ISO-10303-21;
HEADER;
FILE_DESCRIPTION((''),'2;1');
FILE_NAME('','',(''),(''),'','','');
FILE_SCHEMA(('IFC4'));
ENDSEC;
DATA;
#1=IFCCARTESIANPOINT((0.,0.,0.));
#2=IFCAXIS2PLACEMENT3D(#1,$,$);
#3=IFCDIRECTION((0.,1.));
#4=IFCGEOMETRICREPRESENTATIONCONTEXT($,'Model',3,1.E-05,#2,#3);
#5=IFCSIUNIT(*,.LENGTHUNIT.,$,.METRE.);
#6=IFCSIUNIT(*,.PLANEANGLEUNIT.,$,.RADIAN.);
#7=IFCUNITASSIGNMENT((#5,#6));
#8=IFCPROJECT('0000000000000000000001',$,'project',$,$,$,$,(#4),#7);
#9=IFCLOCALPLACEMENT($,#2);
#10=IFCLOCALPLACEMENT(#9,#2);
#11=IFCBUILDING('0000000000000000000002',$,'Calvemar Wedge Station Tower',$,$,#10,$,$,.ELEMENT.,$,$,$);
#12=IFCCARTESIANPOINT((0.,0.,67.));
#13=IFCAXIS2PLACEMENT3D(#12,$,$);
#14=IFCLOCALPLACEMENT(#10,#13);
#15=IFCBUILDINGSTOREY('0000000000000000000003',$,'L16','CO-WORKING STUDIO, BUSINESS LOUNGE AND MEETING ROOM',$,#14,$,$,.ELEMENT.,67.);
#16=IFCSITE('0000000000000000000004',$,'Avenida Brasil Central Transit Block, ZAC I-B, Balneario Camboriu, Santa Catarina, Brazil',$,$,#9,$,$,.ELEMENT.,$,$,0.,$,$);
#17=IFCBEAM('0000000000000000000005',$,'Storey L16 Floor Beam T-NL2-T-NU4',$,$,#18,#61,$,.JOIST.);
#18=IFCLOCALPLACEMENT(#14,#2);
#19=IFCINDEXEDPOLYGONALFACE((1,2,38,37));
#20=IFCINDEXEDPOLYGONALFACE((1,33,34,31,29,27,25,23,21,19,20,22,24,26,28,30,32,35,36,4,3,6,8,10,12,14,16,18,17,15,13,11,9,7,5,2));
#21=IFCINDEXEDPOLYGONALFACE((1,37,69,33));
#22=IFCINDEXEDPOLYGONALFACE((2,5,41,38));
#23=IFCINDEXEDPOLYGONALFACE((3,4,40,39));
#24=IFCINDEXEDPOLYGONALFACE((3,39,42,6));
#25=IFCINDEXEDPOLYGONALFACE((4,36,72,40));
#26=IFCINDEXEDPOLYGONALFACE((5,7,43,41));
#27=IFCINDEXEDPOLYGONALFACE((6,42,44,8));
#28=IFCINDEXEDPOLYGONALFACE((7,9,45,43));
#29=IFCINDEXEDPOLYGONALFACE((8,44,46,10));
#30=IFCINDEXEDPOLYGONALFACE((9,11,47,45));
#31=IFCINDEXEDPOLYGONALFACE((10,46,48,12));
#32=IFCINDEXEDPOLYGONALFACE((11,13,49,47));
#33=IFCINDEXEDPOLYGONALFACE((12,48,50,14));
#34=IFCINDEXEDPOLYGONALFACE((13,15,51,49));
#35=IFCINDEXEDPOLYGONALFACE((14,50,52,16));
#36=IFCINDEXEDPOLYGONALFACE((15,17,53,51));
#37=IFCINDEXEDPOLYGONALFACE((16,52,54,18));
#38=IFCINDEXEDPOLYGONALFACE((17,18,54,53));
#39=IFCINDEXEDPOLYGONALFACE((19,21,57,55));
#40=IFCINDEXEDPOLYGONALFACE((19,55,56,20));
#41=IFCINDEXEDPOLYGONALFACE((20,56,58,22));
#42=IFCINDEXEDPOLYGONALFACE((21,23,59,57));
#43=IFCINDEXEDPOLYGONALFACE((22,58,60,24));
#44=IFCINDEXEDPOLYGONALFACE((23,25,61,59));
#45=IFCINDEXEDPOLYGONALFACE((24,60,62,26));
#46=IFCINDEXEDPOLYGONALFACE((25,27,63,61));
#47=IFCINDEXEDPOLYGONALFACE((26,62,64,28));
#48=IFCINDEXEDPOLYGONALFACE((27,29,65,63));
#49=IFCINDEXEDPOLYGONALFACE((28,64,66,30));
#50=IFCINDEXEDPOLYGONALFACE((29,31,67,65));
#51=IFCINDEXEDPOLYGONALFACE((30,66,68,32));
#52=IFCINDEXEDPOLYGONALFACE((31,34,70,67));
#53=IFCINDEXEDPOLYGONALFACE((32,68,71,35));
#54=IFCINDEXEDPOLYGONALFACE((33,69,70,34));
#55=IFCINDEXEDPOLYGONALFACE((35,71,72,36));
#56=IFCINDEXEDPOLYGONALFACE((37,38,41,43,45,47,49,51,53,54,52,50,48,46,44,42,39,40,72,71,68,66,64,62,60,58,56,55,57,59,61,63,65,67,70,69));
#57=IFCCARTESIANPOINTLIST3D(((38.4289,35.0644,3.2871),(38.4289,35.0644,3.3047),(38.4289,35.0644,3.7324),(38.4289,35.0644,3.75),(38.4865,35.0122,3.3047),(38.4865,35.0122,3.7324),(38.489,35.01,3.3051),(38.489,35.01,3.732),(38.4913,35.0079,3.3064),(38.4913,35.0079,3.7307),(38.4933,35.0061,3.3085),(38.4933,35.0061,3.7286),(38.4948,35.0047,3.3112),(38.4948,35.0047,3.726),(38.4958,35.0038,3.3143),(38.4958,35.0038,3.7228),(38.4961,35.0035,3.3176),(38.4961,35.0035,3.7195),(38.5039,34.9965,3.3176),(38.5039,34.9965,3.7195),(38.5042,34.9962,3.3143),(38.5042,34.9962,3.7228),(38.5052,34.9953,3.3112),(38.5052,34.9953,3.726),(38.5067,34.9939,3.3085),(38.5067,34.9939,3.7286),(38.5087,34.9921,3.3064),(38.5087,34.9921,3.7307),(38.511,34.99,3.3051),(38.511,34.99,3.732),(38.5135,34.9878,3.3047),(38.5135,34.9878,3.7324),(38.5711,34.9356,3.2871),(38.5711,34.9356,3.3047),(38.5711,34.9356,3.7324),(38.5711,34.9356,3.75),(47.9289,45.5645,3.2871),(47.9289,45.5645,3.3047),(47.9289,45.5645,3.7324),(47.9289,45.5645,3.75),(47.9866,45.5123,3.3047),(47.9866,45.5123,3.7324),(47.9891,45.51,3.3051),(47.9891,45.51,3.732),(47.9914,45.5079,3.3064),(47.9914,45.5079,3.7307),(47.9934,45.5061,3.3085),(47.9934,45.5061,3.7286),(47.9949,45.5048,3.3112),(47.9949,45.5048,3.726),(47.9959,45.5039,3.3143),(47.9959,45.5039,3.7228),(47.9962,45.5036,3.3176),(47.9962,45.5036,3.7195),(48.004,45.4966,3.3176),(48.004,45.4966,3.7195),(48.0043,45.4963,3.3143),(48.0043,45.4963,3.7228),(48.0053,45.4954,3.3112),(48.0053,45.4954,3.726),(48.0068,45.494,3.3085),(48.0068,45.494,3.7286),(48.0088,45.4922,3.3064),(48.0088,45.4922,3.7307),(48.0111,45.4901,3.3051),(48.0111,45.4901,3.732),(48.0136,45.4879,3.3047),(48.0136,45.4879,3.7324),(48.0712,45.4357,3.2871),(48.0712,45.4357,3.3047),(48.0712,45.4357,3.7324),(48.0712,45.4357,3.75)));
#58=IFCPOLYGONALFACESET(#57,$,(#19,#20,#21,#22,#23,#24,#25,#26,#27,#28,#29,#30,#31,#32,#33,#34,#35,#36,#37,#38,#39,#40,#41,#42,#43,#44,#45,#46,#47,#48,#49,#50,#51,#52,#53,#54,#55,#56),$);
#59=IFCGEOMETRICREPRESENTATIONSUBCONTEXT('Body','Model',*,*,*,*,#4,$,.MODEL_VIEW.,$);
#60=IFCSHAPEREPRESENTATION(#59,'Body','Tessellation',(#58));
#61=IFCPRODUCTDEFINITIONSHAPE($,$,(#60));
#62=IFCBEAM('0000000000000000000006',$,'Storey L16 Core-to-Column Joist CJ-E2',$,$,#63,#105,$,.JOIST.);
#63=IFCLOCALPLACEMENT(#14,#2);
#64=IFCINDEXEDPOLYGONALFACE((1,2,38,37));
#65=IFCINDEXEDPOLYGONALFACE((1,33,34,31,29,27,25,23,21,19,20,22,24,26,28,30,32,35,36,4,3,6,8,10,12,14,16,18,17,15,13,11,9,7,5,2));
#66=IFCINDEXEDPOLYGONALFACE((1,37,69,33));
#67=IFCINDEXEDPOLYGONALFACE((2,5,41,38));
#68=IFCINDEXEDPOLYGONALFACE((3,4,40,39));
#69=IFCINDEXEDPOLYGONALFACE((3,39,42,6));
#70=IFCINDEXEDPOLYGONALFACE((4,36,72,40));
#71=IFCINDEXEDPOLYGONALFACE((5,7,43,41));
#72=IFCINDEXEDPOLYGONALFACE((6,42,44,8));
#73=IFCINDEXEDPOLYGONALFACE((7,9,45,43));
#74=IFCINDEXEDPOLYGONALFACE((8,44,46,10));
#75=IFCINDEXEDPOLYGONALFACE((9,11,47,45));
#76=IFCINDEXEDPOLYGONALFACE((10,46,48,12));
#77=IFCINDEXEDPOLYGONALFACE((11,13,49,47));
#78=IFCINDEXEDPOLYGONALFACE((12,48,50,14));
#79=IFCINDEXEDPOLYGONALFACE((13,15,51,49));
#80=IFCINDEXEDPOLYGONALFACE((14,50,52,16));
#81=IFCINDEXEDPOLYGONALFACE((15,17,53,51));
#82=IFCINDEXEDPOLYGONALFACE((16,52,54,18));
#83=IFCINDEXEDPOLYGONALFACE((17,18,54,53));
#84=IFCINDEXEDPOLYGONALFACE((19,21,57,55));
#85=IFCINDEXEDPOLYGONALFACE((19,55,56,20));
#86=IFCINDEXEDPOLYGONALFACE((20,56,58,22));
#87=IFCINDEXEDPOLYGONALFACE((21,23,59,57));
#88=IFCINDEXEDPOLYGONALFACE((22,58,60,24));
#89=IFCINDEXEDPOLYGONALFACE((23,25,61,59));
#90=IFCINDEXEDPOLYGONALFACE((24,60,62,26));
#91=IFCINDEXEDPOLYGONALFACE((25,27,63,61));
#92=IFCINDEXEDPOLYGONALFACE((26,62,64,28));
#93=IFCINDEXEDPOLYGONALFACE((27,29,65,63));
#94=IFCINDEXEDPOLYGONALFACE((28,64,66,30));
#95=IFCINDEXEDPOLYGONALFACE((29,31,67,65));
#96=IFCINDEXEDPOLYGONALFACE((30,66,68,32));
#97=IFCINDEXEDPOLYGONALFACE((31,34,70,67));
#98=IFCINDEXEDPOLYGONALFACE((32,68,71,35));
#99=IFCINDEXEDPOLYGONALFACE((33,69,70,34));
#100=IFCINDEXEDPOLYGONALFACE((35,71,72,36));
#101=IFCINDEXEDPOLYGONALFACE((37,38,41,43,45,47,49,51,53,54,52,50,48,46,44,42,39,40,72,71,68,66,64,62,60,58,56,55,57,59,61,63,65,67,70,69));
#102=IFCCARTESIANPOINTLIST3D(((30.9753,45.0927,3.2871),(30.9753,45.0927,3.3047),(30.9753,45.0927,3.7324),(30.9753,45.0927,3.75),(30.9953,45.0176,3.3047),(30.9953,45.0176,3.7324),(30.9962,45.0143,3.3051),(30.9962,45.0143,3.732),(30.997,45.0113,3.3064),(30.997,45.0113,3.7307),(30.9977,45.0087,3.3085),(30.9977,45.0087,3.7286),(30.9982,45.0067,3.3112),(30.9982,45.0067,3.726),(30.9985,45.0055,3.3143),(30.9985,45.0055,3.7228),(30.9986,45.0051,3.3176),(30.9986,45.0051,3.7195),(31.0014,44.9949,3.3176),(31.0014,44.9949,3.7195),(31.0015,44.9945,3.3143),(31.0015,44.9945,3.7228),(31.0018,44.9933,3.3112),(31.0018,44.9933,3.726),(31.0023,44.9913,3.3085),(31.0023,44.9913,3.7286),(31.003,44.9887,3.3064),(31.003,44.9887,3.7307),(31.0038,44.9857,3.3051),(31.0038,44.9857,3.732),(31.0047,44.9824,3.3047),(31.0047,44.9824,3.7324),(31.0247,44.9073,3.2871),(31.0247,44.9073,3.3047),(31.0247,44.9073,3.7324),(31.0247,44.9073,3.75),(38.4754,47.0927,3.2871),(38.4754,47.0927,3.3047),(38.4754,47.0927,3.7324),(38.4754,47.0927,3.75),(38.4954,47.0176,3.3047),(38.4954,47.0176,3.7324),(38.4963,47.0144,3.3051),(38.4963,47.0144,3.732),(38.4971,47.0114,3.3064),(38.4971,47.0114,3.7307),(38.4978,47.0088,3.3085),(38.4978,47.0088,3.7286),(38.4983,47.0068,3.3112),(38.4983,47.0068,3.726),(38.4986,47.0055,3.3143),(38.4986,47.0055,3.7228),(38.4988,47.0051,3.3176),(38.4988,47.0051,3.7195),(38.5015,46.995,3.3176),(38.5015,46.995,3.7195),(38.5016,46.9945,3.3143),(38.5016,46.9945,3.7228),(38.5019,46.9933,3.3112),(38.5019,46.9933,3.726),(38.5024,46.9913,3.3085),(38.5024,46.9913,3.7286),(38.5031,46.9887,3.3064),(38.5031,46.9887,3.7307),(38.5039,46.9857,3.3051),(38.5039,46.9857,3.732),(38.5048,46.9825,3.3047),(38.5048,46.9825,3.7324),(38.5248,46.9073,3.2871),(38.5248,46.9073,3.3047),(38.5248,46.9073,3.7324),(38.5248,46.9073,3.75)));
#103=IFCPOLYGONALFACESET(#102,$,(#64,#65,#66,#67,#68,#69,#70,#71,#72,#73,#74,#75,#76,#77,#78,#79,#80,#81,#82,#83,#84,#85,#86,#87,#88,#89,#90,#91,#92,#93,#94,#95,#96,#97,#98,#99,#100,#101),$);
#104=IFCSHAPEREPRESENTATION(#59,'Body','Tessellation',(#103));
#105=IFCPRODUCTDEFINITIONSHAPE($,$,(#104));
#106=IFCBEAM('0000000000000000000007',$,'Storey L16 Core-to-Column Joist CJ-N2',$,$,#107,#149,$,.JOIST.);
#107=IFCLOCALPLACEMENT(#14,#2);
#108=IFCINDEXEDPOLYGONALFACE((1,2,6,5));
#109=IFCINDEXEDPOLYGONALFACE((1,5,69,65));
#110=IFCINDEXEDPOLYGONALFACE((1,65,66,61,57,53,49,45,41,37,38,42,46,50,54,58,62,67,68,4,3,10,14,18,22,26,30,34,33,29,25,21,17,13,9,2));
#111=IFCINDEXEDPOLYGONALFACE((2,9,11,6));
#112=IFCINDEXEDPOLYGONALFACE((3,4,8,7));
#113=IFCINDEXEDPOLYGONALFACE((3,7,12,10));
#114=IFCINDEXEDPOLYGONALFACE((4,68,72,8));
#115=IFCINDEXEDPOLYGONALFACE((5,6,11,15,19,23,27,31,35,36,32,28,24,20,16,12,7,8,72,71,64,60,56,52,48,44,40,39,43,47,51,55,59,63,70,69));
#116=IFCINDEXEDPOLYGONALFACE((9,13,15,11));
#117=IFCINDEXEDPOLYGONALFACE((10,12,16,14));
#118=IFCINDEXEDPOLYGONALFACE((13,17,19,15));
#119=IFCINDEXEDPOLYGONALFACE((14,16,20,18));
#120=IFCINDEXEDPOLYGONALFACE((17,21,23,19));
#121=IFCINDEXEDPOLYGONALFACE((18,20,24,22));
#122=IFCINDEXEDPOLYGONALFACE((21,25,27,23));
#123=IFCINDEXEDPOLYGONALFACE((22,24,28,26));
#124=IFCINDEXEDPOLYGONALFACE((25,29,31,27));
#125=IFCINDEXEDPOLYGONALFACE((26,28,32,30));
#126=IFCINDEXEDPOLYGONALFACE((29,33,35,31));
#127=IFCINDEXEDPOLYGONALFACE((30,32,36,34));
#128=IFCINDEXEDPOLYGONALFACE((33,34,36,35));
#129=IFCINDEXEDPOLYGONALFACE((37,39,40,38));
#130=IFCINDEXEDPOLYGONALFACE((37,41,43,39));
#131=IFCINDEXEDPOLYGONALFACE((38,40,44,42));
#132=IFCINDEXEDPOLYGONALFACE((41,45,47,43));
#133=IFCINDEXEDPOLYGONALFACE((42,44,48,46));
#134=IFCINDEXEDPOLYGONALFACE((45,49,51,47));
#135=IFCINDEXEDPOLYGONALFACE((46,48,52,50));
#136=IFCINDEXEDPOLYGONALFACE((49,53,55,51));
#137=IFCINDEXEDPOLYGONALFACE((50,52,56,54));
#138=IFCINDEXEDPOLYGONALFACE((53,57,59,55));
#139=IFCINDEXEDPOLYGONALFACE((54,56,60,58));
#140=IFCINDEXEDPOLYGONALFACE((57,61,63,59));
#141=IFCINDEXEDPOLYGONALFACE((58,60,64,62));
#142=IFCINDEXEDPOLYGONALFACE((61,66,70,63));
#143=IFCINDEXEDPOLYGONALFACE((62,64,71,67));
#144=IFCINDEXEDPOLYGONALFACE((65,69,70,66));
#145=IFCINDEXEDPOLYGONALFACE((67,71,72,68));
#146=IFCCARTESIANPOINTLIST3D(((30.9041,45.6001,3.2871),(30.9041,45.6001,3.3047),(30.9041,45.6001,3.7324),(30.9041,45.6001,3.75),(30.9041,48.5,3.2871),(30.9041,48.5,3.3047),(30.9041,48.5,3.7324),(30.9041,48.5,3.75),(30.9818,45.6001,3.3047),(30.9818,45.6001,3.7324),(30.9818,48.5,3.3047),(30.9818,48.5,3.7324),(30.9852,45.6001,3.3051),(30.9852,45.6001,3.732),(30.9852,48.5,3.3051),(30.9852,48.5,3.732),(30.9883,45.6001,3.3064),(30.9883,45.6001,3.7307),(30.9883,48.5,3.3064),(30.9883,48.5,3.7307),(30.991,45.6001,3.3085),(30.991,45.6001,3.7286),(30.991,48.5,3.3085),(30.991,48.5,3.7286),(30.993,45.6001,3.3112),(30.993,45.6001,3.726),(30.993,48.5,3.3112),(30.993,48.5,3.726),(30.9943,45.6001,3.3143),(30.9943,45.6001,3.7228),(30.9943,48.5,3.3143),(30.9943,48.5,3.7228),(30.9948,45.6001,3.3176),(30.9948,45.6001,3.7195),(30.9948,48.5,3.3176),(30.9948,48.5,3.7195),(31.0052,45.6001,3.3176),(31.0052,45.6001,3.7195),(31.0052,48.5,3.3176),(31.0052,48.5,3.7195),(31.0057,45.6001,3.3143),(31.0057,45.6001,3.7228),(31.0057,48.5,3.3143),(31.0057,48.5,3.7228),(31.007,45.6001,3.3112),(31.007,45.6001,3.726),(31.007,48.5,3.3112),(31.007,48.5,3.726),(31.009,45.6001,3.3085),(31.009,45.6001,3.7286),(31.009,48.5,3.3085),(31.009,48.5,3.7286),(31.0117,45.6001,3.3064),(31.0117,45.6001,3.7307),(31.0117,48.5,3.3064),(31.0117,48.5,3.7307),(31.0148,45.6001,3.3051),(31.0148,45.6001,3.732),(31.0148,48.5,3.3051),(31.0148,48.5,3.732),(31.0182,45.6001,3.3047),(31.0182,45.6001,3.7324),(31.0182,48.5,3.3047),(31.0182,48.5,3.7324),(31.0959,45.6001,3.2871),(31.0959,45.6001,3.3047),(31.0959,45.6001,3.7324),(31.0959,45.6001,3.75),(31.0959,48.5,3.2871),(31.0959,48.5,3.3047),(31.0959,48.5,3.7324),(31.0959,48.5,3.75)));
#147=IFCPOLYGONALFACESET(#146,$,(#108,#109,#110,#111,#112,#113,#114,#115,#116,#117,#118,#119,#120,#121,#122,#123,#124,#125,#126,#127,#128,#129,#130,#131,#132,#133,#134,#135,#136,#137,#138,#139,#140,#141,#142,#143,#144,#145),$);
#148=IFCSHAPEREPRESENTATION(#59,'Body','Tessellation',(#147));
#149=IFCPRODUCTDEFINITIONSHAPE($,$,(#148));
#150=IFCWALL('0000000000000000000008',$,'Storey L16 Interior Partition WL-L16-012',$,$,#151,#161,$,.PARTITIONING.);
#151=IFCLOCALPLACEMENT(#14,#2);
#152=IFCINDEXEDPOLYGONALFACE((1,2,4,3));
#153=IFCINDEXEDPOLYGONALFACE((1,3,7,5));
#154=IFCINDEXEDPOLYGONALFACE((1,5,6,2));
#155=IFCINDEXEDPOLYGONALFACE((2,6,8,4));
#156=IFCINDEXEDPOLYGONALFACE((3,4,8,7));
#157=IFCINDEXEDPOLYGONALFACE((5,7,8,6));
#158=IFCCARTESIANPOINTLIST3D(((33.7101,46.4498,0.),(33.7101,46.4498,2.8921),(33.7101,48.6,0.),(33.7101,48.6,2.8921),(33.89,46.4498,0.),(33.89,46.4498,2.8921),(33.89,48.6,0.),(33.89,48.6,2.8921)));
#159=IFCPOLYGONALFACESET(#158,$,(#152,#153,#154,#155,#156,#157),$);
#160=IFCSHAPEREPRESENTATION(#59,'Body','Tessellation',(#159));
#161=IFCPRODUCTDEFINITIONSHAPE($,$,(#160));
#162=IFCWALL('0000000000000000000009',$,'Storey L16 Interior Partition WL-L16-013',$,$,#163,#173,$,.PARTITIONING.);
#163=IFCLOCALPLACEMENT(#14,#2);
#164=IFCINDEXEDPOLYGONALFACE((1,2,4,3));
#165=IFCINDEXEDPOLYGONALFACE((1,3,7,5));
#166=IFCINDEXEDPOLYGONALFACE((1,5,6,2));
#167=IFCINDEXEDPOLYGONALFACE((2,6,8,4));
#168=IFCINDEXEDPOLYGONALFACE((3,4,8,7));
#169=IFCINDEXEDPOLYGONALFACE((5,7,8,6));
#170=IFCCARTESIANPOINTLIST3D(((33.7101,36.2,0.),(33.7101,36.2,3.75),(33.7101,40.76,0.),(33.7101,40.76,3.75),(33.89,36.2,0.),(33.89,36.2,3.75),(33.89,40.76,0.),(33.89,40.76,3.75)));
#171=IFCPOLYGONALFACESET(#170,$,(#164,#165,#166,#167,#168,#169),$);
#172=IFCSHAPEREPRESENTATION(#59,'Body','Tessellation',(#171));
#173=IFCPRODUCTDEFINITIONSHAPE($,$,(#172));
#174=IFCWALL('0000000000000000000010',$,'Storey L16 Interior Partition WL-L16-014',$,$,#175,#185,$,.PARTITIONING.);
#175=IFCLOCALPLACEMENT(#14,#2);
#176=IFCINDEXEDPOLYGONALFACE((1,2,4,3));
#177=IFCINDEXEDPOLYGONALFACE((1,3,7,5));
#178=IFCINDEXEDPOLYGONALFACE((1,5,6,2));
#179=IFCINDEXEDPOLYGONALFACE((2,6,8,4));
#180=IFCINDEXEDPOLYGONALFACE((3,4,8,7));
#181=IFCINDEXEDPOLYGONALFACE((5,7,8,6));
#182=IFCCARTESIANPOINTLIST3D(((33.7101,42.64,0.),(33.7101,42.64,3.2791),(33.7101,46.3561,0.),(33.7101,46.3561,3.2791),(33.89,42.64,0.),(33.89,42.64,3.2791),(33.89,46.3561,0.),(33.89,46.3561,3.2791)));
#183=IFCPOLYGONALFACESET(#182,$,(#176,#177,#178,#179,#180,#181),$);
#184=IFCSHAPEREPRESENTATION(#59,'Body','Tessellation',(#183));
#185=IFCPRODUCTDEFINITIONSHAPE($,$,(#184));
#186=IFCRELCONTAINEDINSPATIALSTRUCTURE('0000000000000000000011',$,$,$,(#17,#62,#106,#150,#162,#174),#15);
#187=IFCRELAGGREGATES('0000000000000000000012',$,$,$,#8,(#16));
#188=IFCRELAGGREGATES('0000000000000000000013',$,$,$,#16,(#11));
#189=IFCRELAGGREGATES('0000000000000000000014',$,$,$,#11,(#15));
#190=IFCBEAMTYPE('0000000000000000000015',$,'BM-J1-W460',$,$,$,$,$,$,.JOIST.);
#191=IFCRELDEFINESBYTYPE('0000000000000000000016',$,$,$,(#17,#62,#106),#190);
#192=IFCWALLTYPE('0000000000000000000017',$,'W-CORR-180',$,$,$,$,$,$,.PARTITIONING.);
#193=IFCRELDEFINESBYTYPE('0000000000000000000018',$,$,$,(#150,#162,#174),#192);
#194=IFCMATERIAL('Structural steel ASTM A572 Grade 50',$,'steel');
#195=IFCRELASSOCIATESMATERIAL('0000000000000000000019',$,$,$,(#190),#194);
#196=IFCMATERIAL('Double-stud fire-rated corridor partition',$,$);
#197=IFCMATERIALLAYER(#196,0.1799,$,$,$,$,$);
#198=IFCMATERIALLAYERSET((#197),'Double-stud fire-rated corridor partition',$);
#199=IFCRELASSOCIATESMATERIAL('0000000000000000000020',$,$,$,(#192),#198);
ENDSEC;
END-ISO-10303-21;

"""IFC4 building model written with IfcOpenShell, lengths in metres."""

from ifc_helpers import new_model, si_unit, direction, frame, frame_2d, origin, origin_2d, place, context, subcontext, project, spatial, rectangle, i_section, extrude, source, transform, mapped, material, layer, layer_set, material_profile, profile_set, type_object, element, save


model = new_model("IFC4")

# Units and contexts
model_context = context("Model", 3, precision=1e-05, world=origin(), true_north=direction((0.0, 1.0)))
body_context = subcontext(model_context, "Body", "Model", "MODEL_VIEW")
ifc_project = project(units=[si_unit("LENGTHUNIT", "METRE"), si_unit("PLANEANGLEUNIT", "RADIAN")], contexts=[model_context])

# Site, building, storey
site_placement = place(None, origin())
site = spatial("IfcSite", under=ifc_project, at=site_placement, Name="Avenida Brasil Central Transit Block, ZAC I-B, Balneario Camboriu, Santa Catarina, Brazil", CompositionType="ELEMENT", RefElevation=0.0)
building_placement = place(site_placement, origin())
building = spatial("IfcBuilding", under=site, at=building_placement, Name="Calvemar Wedge Station Tower", CompositionType="ELEMENT")
storey_placement = place(building_placement, frame((0.0, 0.0, 67.0)))
storey = spatial("IfcBuildingStorey", under=building, at=storey_placement, Name="L16", Description="CO-WORKING STUDIO, BUSINESS LOUNGE AND MEETING ROOM", CompositionType="ELEMENT", Elevation=67.0)

# Beams
ifc_material_1 = material(Name="Structural steel ASTM A572 Grade 50", Category="steel")
ifc_material_profile_1 = material_profile(ifc_material_1, i_section(OverallWidth=0.1919, OverallDepth=0.4629, WebThickness=0.0105, FlangeThickness=0.0176, FilletRadius=0.0129, at=origin_2d()), Name="W460x89")
ifc_profile_set_1 = profile_set([ifc_material_profile_1], Name="Structural steel ASTM A572 Grade 50")
beam_type_1 = type_object("IfcBeamType", Name="BM-J1-W460", PredefinedType="JOIST", material=ifc_profile_set_1)
shared_shape_1 = source(origin(), body_context, "Body", "SweptSolid", [
    extrude(i_section(OverallWidth=0.1919, OverallDepth=0.4629, WebThickness=0.0105, FlangeThickness=0.0176, FilletRadius=0.0129, at=origin_2d()), origin(), (0.0, 0.0, 1.0), 14.1599),
])
beam_1_placement = place(storey_placement, frame((38.5, 35.0, 3.5186), z_axis=(0.670913, 0.741536, 0.0), x_axis=(-0.741536, 0.670913, 0.0)))
element("IfcBeam", 1, at=beam_1_placement, inside=storey, type_object=beam_type_1, Name="Storey L16 Floor Beam T-NL2-T-NU4", PredefinedType="JOIST", context=body_context, shape_type="MappedRepresentation", body=[
    mapped(shared_shape_1, transform((0.0, 0.0, 0.0), scale=1.0)),
])
shared_shape_2 = source(origin(), body_context, "Body", "SweptSolid", [
    extrude(i_section(OverallWidth=0.1919, OverallDepth=0.4629, WebThickness=0.0105, FlangeThickness=0.0176, FilletRadius=0.0129, at=origin_2d()), origin(), (0.0, 0.0, 1.0), 7.7622),
])
beam_2_placement = place(storey_placement, frame((31.0, 45.0, 3.5186), z_axis=(0.966235, 0.257663, 0.0), x_axis=(-0.257663, 0.966235, 0.0)))
element("IfcBeam", 2, at=beam_2_placement, inside=storey, type_object=beam_type_1, Name="Storey L16 Core-to-Column Joist CJ-E2", PredefinedType="JOIST", context=body_context, shape_type="MappedRepresentation", body=[
    mapped(shared_shape_2, transform((0.0, 0.0, 0.0), scale=1.0)),
])
shared_shape_3 = source(origin(), body_context, "Body", "SweptSolid", [
    extrude(i_section(OverallWidth=0.1919, OverallDepth=0.4629, WebThickness=0.0105, FlangeThickness=0.0176, FilletRadius=0.0129, at=origin_2d()), origin(), (0.0, 0.0, 1.0), 2.8999),
])
beam_3_placement = place(storey_placement, frame((31.0, 45.6001, 3.5186), z_axis=(0.0, 1.0, 0.0), x_axis=(-1.0, 0.0, 0.0)))
element("IfcBeam", 3, at=beam_3_placement, inside=storey, type_object=beam_type_1, Name="Storey L16 Core-to-Column Joist CJ-N2", PredefinedType="JOIST", context=body_context, shape_type="MappedRepresentation", body=[
    mapped(shared_shape_3, transform((0.0, 0.0, 0.0), scale=1.0)),
])

# Walls
ifc_material_2 = material(Name="Double-stud fire-rated corridor partition")
ifc_layer_1 = layer(ifc_material_2, 0.1799)
ifc_layer_set_1 = layer_set([ifc_layer_1], Name="Double-stud fire-rated corridor partition")
wall_type_1 = type_object("IfcWallType", Name="W-CORR-180", PredefinedType="PARTITIONING", material=ifc_layer_set_1)
wall_1_placement = place(storey_placement, frame((33.8, 48.6001, 0.0), z_axis=(0.0, 0.0, 1.0), x_axis=(0.0, -1.0, 0.0)))
element("IfcWall", 4, at=wall_1_placement, inside=storey, type_object=wall_type_1, Name="Storey L16 Interior Partition WL-L16-012", PredefinedType="PARTITIONING", context=body_context, shape_type="SweptSolid", body=[
    extrude(rectangle(XDim=2.1501, YDim=0.1799, at=frame_2d((1.0752, 0.0))), origin(), (0.0, 0.0, 1.0), 2.8921),
])
wall_2_placement = place(storey_placement, frame((33.8, 40.76, 0.0), z_axis=(0.0, 0.0, 1.0), x_axis=(0.0, -1.0, 0.0)))
element("IfcWall", 5, at=wall_2_placement, inside=storey, type_object=wall_type_1, Name="Storey L16 Interior Partition WL-L16-013", PredefinedType="PARTITIONING", context=body_context, shape_type="SweptSolid", body=[
    extrude(rectangle(XDim=4.5601, YDim=0.1799, at=frame_2d((2.28, 0.0))), origin(), (0.0, 0.0, 1.0), 3.75),
])
wall_3_placement = place(storey_placement, frame((33.8, 46.356, 0.0), z_axis=(0.0, 0.0, 1.0), x_axis=(0.0, -1.0, 0.0)))
element("IfcWall", 6, at=wall_3_placement, inside=storey, type_object=wall_type_1, Name="Storey L16 Interior Partition WL-L16-014", PredefinedType="PARTITIONING", context=body_context, shape_type="SweptSolid", body=[
    extrude(rectangle(XDim=3.7161, YDim=0.1799, at=frame_2d((1.8579, 0.0))), origin(), (0.0, 0.0, 1.0), 3.2791),
])

save(model, "model.ifc")
